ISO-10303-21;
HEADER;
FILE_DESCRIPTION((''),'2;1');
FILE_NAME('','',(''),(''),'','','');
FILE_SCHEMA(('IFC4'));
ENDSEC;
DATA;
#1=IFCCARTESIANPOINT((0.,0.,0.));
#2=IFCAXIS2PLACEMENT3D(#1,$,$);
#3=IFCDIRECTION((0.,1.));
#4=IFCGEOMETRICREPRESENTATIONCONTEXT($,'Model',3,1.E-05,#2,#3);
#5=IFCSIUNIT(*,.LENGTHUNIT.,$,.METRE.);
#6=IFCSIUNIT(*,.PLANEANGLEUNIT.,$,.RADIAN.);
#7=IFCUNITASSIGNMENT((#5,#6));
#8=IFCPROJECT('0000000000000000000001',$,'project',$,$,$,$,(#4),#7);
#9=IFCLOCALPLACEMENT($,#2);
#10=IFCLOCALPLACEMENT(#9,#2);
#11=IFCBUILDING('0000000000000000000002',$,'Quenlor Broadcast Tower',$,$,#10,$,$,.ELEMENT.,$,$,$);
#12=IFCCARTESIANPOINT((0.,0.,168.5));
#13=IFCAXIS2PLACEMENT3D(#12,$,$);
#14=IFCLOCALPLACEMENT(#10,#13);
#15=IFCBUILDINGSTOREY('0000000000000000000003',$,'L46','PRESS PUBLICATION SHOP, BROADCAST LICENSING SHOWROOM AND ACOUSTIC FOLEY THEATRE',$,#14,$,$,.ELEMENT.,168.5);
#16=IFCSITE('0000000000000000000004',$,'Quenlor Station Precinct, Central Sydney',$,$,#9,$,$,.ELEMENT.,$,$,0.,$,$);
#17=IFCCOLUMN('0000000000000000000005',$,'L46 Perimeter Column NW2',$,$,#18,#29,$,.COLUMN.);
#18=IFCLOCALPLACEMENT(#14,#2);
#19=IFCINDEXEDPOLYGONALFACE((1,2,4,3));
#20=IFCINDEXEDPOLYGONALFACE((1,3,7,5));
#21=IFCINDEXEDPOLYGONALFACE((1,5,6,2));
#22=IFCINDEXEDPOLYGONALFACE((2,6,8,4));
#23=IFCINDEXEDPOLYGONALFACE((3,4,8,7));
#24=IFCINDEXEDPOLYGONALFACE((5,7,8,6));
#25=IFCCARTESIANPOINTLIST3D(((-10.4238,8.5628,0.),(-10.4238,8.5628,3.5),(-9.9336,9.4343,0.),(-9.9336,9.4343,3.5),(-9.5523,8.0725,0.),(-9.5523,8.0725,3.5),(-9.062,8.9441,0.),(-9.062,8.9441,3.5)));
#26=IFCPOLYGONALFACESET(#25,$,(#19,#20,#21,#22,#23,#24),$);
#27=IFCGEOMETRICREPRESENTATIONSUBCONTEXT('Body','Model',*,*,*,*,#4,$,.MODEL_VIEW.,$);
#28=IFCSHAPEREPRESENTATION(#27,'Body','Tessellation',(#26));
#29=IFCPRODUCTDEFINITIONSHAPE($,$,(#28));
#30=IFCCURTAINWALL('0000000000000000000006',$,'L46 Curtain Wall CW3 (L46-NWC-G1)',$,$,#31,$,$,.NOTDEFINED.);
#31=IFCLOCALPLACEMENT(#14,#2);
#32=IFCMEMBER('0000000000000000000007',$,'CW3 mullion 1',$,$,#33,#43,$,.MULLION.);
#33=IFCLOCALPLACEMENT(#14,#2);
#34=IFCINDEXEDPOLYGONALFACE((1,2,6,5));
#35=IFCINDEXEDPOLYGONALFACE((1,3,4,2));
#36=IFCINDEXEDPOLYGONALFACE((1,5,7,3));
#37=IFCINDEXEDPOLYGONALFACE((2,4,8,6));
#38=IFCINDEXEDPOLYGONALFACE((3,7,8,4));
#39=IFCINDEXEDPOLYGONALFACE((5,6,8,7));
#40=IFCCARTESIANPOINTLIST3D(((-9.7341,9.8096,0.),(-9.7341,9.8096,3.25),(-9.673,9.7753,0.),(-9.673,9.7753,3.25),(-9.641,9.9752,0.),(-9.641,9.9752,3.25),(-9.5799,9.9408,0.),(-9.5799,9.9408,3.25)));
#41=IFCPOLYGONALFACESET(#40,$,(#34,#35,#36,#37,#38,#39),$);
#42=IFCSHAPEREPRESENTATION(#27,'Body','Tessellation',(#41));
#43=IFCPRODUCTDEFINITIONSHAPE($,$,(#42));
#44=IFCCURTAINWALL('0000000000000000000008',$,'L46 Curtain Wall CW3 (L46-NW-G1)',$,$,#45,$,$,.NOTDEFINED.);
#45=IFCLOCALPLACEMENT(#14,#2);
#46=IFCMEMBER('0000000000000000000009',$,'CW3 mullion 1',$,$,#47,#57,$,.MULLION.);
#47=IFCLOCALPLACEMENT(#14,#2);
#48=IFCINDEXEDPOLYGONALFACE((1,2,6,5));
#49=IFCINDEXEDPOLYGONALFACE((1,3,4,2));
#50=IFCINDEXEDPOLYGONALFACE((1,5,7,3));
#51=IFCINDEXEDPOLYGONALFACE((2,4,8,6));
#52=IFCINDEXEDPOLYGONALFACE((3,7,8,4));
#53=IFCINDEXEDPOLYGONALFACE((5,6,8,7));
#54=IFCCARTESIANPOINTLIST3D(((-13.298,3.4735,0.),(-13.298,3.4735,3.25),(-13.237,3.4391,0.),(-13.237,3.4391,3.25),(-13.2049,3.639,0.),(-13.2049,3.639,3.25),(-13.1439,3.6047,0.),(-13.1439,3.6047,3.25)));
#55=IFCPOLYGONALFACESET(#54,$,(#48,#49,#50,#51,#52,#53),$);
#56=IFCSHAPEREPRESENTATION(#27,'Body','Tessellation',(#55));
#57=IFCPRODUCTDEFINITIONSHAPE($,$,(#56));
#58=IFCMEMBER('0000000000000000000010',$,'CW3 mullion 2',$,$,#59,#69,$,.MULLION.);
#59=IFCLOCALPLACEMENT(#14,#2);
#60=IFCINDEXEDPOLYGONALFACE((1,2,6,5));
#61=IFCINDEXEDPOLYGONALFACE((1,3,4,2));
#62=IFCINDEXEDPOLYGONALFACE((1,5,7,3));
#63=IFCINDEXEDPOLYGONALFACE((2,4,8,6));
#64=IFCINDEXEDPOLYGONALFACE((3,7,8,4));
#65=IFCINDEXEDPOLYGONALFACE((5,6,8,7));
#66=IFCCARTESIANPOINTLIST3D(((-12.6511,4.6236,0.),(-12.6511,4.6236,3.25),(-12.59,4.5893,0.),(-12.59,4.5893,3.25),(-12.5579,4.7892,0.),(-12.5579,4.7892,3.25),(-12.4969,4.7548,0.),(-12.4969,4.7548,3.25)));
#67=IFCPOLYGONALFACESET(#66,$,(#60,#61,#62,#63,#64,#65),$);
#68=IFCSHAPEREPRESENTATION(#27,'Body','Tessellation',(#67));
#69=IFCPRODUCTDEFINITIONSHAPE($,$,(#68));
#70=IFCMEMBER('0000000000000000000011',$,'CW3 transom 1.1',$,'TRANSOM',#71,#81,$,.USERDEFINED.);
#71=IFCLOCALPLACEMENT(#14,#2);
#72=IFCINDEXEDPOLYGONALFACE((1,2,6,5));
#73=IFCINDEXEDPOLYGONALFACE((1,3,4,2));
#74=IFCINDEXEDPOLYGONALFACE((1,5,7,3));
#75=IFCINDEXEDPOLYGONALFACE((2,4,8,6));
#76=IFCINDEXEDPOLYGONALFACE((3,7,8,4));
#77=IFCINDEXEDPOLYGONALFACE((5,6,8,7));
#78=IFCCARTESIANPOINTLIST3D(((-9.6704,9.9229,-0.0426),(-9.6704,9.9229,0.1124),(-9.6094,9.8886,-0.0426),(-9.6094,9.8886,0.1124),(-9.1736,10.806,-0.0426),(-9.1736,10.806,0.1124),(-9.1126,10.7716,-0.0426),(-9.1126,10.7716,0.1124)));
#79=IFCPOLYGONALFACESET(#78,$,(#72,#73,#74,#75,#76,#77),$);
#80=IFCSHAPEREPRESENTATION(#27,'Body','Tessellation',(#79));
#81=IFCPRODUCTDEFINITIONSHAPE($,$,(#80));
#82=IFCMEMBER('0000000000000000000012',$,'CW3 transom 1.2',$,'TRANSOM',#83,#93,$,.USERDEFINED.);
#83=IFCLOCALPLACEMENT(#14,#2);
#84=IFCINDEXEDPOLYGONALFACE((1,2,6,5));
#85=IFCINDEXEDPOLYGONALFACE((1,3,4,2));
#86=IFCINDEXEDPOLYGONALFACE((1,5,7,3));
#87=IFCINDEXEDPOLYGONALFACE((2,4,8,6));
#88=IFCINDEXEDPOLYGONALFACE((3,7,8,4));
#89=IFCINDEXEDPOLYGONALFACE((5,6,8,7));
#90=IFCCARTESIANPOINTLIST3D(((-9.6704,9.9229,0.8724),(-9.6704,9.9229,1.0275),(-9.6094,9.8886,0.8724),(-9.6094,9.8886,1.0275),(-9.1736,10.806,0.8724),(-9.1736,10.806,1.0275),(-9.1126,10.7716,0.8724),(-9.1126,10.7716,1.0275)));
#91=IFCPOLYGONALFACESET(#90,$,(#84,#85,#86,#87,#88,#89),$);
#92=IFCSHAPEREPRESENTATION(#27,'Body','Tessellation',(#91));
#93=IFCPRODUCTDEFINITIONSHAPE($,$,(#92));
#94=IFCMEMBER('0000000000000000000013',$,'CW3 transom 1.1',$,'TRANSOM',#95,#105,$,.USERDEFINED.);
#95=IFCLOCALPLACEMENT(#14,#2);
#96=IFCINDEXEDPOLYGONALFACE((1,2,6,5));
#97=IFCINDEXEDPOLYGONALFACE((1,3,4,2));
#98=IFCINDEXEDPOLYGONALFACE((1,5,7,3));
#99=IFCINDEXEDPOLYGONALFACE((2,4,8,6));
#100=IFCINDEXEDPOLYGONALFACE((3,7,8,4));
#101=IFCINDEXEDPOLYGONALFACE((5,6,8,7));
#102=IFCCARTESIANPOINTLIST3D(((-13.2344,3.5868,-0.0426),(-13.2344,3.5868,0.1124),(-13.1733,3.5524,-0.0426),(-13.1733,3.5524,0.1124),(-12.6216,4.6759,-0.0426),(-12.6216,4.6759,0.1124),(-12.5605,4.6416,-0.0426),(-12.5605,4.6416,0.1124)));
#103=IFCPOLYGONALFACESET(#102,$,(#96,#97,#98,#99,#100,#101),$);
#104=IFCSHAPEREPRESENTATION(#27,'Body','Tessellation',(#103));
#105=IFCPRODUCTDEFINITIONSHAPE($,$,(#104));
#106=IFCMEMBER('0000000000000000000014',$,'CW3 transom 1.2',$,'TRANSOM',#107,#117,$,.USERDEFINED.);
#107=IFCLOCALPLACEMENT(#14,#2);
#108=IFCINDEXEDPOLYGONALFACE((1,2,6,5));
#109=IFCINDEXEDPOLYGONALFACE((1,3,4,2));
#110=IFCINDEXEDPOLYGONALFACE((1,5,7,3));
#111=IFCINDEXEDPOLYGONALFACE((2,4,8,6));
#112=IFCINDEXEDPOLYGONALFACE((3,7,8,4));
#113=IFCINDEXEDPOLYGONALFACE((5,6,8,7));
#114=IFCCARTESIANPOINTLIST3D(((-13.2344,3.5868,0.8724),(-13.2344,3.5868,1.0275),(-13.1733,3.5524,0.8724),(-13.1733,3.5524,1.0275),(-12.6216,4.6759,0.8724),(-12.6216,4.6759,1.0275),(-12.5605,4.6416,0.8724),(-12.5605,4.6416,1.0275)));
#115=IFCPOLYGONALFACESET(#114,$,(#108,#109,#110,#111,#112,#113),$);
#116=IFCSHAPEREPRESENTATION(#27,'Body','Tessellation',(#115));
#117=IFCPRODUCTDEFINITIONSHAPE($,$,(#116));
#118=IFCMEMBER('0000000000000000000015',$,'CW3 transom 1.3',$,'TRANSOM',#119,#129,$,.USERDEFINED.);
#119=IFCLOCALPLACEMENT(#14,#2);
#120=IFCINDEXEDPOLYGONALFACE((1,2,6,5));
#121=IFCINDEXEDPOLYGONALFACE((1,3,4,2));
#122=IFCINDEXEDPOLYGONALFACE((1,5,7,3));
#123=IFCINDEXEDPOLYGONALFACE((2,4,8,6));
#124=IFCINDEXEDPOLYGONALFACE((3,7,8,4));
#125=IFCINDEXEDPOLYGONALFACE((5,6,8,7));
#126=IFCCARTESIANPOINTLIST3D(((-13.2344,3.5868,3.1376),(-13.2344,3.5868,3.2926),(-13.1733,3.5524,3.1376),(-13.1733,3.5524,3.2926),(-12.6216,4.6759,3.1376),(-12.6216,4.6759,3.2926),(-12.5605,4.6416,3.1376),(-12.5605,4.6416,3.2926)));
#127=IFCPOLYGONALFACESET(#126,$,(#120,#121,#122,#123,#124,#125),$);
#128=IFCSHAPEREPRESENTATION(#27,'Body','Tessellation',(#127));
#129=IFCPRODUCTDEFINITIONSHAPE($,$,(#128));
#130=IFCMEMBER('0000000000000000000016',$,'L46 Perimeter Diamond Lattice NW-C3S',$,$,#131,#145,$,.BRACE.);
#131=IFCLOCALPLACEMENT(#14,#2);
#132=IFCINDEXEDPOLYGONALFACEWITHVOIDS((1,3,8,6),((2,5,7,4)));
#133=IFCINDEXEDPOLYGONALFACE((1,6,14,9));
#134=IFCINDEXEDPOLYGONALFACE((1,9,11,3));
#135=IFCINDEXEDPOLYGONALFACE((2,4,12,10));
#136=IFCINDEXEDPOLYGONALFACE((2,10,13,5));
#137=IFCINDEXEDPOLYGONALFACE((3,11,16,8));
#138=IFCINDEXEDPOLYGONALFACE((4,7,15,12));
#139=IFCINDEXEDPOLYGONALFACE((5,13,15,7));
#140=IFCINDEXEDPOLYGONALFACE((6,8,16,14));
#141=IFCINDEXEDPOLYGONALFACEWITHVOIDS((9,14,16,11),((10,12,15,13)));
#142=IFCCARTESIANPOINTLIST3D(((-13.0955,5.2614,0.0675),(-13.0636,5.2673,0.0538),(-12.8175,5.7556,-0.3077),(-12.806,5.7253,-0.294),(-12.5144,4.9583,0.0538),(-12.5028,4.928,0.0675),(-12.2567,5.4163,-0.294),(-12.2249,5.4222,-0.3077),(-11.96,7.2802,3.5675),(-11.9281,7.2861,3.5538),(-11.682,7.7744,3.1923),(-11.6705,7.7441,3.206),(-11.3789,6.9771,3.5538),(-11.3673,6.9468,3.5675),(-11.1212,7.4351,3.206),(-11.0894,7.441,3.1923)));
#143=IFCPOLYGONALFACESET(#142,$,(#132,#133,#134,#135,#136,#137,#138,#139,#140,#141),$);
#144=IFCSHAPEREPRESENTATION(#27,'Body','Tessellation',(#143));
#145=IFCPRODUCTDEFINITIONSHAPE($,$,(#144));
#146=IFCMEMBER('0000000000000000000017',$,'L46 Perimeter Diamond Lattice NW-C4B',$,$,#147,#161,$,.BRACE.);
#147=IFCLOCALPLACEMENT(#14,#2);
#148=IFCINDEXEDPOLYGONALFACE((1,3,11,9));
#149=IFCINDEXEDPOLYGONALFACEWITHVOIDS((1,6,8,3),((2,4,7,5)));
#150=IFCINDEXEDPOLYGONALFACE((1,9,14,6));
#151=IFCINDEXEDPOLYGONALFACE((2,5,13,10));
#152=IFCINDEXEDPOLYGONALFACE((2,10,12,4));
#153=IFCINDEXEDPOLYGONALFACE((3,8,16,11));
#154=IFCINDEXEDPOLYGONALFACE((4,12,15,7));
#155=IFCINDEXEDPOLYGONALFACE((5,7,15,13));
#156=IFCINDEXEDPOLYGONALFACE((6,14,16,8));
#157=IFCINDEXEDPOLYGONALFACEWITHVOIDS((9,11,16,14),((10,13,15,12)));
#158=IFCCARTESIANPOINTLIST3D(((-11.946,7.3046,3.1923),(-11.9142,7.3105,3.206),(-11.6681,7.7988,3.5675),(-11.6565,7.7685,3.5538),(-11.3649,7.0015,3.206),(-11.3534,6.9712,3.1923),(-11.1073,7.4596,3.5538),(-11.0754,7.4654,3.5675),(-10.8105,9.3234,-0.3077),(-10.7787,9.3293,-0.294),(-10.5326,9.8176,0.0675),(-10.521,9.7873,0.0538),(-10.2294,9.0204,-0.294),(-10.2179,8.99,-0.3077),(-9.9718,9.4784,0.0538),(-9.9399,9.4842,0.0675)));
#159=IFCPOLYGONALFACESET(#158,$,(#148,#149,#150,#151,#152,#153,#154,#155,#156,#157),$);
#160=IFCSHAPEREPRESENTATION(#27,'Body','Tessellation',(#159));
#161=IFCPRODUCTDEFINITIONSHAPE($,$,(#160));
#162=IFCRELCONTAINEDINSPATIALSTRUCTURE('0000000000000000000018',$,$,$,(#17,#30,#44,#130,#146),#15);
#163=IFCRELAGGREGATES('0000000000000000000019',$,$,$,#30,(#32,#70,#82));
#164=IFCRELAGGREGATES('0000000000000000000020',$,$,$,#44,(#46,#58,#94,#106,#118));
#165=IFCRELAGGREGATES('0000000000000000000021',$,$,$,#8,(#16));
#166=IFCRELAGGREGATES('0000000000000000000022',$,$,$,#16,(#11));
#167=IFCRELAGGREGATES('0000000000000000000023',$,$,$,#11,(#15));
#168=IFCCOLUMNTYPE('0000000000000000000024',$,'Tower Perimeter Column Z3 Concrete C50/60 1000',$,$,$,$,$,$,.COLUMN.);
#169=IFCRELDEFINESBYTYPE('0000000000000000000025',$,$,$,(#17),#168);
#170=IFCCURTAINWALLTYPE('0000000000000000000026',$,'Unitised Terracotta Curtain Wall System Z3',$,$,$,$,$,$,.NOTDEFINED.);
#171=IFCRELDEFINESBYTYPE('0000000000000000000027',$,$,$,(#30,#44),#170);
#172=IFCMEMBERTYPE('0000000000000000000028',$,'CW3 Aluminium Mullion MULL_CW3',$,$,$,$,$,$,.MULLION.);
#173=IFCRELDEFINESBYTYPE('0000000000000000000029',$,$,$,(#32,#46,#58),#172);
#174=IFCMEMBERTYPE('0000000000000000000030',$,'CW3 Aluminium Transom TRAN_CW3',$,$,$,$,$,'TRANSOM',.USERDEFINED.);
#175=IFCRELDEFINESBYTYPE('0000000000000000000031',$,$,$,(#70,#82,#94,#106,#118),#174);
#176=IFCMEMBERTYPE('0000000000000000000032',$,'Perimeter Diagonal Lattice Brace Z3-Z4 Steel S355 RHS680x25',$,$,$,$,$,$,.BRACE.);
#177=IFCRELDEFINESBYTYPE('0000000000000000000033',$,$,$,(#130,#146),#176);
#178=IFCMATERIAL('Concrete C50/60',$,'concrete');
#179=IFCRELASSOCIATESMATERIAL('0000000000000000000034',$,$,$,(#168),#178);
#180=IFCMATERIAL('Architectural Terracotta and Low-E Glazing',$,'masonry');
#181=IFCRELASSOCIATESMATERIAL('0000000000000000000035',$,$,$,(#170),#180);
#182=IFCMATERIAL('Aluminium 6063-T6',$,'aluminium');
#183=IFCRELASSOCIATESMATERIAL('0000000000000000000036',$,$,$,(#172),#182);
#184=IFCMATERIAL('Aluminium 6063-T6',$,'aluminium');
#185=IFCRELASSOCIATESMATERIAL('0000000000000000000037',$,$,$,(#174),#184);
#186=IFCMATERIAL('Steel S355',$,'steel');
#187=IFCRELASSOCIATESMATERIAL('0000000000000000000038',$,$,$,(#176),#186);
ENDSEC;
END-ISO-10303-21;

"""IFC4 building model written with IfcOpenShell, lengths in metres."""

from ifc_helpers import new_model, si_unit, direction, frame, origin, origin_2d, place, context, subcontext, project, spatial, rectangle, hollow_rectangle, extrude, material, material_profile, profile_set, type_object, element, aggregate, save


model = new_model("IFC4")

# Units and contexts
model_context = context("Model", 3, precision=1e-05, world=origin(), true_north=direction((0.0, 1.0)))
body_context = subcontext(model_context, "Body", "Model", "MODEL_VIEW")
ifc_project = project(units=[si_unit("LENGTHUNIT", "METRE"), si_unit("PLANEANGLEUNIT", "RADIAN")], contexts=[model_context])

# Site, building, storey
site_placement = place(None, origin())
site = spatial("IfcSite", under=ifc_project, at=site_placement, Name="Quenlor Station Precinct, Central Sydney", CompositionType="ELEMENT", RefElevation=0.0)
building_placement = place(site_placement, origin())
building = spatial("IfcBuilding", under=site, at=building_placement, Name="Quenlor Broadcast Tower", CompositionType="ELEMENT")
storey_placement = place(building_placement, frame((0.0, 0.0, 168.5)))
storey = spatial("IfcBuildingStorey", under=building, at=storey_placement, Name="L46", Description="PRESS PUBLICATION SHOP, BROADCAST LICENSING SHOWROOM AND ACOUSTIC FOLEY THEATRE", CompositionType="ELEMENT", Elevation=168.5)

# Column
ifc_material_1 = material(Name="Concrete C50/60", Category="concrete")
ifc_material_profile_1 = material_profile(ifc_material_1, rectangle(XDim=1.0, YDim=1.0, at=origin_2d()))
ifc_profile_set_1 = profile_set([ifc_material_profile_1], Name="Concrete C50/60 RC1000x1000")
column_type = type_object("IfcColumnType", Name="Tower Perimeter Column Z3 Concrete C50/60 1000", PredefinedType="COLUMN", material=ifc_profile_set_1)
column_placement = place(storey_placement, frame((-9.7429, 8.7534, 0.0), z_axis=(0.0, 0.0, 1.0), x_axis=(-0.871575, 0.490262, 0.0)))
element("IfcColumn", 1, at=column_placement, inside=storey, type_object=column_type, Name="L46 Perimeter Column NW2", PredefinedType="COLUMN", context=body_context, shape_type="SweptSolid", body=[
    extrude(rectangle(XDim=1.0, YDim=1.0, at=origin_2d()), origin(), (0.0, 0.0, 1.0), 3.5),
])

# Curtain wall, member
ifc_material_2 = material(Name="Architectural Terracotta and Low-E Glazing", Category="masonry")
curtain_wall_type = type_object("IfcCurtainWallType", Name="Unitised Terracotta Curtain Wall System Z3", PredefinedType="NOTDEFINED", material=ifc_material_2)
curtain_wall_1_placement = place(storey_placement, origin())
curtain_wall_1 = element("IfcCurtainWall", 2, at=curtain_wall_1_placement, inside=storey, type_object=curtain_wall_type, Name="L46 Curtain Wall CW3 (L46-NWC-G1)", PredefinedType="NOTDEFINED")
ifc_material_3 = material(Name="Aluminium 6063-T6", Category="aluminium")
ifc_material_profile_2 = material_profile(ifc_material_3, rectangle(XDim=0.0701, YDim=0.1899, at=origin_2d()))
ifc_profile_set_2 = profile_set([ifc_material_profile_2], Name="Aluminium 6063-T6 MULL70x190")
member_type_1 = type_object("IfcMemberType", Name="CW3 Aluminium Mullion MULL_CW3", PredefinedType="MULLION", material=ifc_profile_set_2)
member_1_placement = place(storey_placement, frame((-9.657, 9.8752, 0.0), z_axis=(0.0, 0.0, 1.0), x_axis=(-0.871601, 0.490216, 0.0)))
member_1 = element("IfcMember", 3, at=member_1_placement, type_object=member_type_1, Name="CW3 mullion 1", PredefinedType="MULLION", context=body_context, shape_type="SweptSolid", body=[
    extrude(rectangle(XDim=0.0701, YDim=0.1899, at=origin_2d()), origin(), (0.0, 0.0, 1.0), 3.25),
])

# Curtain wall, members
curtain_wall_2_placement = place(storey_placement, origin())
curtain_wall_2 = element("IfcCurtainWall", 4, at=curtain_wall_2_placement, inside=storey, type_object=curtain_wall_type, Name="L46 Curtain Wall CW3 (L46-NW-G1)", PredefinedType="NOTDEFINED")
member_2_placement = place(storey_placement, frame((-13.2209, 3.5391, 0.0), z_axis=(0.0, 0.0, 1.0), x_axis=(-0.871562, 0.490285, 0.0)))
member_2 = element("IfcMember", 5, at=member_2_placement, type_object=member_type_1, Name="CW3 mullion 1", PredefinedType="MULLION", context=body_context, shape_type="SweptSolid", body=[
    extrude(rectangle(XDim=0.0701, YDim=0.1899, at=origin_2d()), origin(), (0.0, 0.0, 1.0), 3.25),
])
member_3_placement = place(storey_placement, frame((-12.574, 4.6892, 0.0), z_axis=(0.0, 0.0, 1.0), x_axis=(-0.871562, 0.490285, 0.0)))
member_3 = element("IfcMember", 6, at=member_3_placement, type_object=member_type_1, Name="CW3 mullion 2", PredefinedType="MULLION", context=body_context, shape_type="SweptSolid", body=[
    extrude(rectangle(XDim=0.0701, YDim=0.1899, at=origin_2d()), origin(), (0.0, 0.0, 1.0), 3.25),
])

# Members
ifc_material_4 = material(Name="Aluminium 6063-T6", Category="aluminium")
ifc_material_profile_3 = material_profile(ifc_material_4, rectangle(XDim=0.0701, YDim=0.155, at=origin_2d()))
ifc_profile_set_3 = profile_set([ifc_material_profile_3], Name="Aluminium 6063-T6 TRAN70x155")
member_type_2 = type_object("IfcMemberType", Name="CW3 Aluminium Transom TRAN_CW3", ElementType="TRANSOM", PredefinedType="USERDEFINED", material=ifc_profile_set_3)
member_4_placement = place(storey_placement, frame((-9.6399, 9.9058, 0.0349), z_axis=(0.490341, 0.87153, 0.0), x_axis=(-0.87153, 0.490341, 0.0)))
member_4 = element("IfcMember", 7, at=member_4_placement, type_object=member_type_2, Name="CW3 transom 1.1", ObjectType="TRANSOM", PredefinedType="USERDEFINED", context=body_context, shape_type="SweptSolid", body=[
    extrude(rectangle(XDim=0.0701, YDim=0.155, at=origin_2d()), origin(), (0.0, 0.0, 1.0), 1.0132),
])
member_5_placement = place(storey_placement, frame((-9.6399, 9.9058, 0.95), z_axis=(0.490341, 0.87153, 0.0), x_axis=(-0.87153, 0.490341, 0.0)))
member_5 = element("IfcMember", 8, at=member_5_placement, type_object=member_type_2, Name="CW3 transom 1.2", ObjectType="TRANSOM", PredefinedType="USERDEFINED", context=body_context, shape_type="SweptSolid", body=[
    extrude(rectangle(XDim=0.0701, YDim=0.155, at=origin_2d()), origin(), (0.0, 0.0, 1.0), 1.0132),
])
aggregate(curtain_wall_1, [member_1, member_4, member_5])
member_6_placement = place(storey_placement, frame((-13.2039, 3.5696, 0.0349), z_axis=(0.490363, 0.871518, 0.0), x_axis=(-0.871518, 0.490363, 0.0)))
member_6 = element("IfcMember", 9, at=member_6_placement, type_object=member_type_2, Name="CW3 transom 1.1", ObjectType="TRANSOM", PredefinedType="USERDEFINED", context=body_context, shape_type="SweptSolid", body=[
    extrude(rectangle(XDim=0.0701, YDim=0.155, at=origin_2d()), origin(), (0.0, 0.0, 1.0), 1.2498),
])
member_7_placement = place(storey_placement, frame((-13.2039, 3.5696, 0.95), z_axis=(0.490363, 0.871518, 0.0), x_axis=(-0.871518, 0.490363, 0.0)))
member_7 = element("IfcMember", 10, at=member_7_placement, type_object=member_type_2, Name="CW3 transom 1.2", ObjectType="TRANSOM", PredefinedType="USERDEFINED", context=body_context, shape_type="SweptSolid", body=[
    extrude(rectangle(XDim=0.0701, YDim=0.155, at=origin_2d()), origin(), (0.0, 0.0, 1.0), 1.2498),
])
member_8_placement = place(storey_placement, frame((-13.2039, 3.5696, 3.2151), z_axis=(0.490363, 0.871518, 0.0), x_axis=(-0.871518, 0.490363, 0.0)))
member_8 = element("IfcMember", 11, at=member_8_placement, type_object=member_type_2, Name="CW3 transom 1.3", ObjectType="TRANSOM", PredefinedType="USERDEFINED", context=body_context, shape_type="SweptSolid", body=[
    extrude(rectangle(XDim=0.0701, YDim=0.155, at=origin_2d()), origin(), (0.0, 0.0, 1.0), 1.2498),
])

# Members
ifc_material_5 = material(Name="Steel S355", Category="steel")
ifc_material_profile_4 = material_profile(ifc_material_5, hollow_rectangle(XDim=0.6799, YDim=0.6799, WallThickness=0.0249, at=origin_2d()))
ifc_profile_set_4 = profile_set([ifc_material_profile_4], Name="Steel S355 RHS680x680x25")
member_type_3 = type_object("IfcMemberType", Name="Perimeter Diagonal Lattice Brace Z3-Z4 Steel S355 RHS680x25", PredefinedType="BRACE", material=ifc_profile_set_4)
for number, where, z_axis, x_axis, name in (
    (12, (-12.6602, 5.3418, -0.1201), (0.270549, 0.481009, 0.833927), (-0.87159, 0.490236, 0.0), "L46 Perimeter Diamond Lattice NW-C3S"),
    (13, (-10.3752, 9.4038, -0.1201), (-0.270549, -0.481009, 0.833927), (0.87159, -0.490236, 0.0), "L46 Perimeter Diamond Lattice NW-C4B"),
):
    element("IfcMember", number, at=place(storey_placement, frame(where, z_axis=z_axis, x_axis=x_axis)), inside=storey, type_object=member_type_3, Name=name, PredefinedType="BRACE", context=body_context, shape_type="SweptSolid", body=[
        extrude(hollow_rectangle(XDim=0.6799, YDim=0.6799, WallThickness=0.0249, at=origin_2d()), origin(), (0.0, 0.0, 1.0), 4.197),
    ])

aggregate(curtain_wall_2, [member_2, member_3, member_6, member_7, member_8])

save(model, "model.ifc")
